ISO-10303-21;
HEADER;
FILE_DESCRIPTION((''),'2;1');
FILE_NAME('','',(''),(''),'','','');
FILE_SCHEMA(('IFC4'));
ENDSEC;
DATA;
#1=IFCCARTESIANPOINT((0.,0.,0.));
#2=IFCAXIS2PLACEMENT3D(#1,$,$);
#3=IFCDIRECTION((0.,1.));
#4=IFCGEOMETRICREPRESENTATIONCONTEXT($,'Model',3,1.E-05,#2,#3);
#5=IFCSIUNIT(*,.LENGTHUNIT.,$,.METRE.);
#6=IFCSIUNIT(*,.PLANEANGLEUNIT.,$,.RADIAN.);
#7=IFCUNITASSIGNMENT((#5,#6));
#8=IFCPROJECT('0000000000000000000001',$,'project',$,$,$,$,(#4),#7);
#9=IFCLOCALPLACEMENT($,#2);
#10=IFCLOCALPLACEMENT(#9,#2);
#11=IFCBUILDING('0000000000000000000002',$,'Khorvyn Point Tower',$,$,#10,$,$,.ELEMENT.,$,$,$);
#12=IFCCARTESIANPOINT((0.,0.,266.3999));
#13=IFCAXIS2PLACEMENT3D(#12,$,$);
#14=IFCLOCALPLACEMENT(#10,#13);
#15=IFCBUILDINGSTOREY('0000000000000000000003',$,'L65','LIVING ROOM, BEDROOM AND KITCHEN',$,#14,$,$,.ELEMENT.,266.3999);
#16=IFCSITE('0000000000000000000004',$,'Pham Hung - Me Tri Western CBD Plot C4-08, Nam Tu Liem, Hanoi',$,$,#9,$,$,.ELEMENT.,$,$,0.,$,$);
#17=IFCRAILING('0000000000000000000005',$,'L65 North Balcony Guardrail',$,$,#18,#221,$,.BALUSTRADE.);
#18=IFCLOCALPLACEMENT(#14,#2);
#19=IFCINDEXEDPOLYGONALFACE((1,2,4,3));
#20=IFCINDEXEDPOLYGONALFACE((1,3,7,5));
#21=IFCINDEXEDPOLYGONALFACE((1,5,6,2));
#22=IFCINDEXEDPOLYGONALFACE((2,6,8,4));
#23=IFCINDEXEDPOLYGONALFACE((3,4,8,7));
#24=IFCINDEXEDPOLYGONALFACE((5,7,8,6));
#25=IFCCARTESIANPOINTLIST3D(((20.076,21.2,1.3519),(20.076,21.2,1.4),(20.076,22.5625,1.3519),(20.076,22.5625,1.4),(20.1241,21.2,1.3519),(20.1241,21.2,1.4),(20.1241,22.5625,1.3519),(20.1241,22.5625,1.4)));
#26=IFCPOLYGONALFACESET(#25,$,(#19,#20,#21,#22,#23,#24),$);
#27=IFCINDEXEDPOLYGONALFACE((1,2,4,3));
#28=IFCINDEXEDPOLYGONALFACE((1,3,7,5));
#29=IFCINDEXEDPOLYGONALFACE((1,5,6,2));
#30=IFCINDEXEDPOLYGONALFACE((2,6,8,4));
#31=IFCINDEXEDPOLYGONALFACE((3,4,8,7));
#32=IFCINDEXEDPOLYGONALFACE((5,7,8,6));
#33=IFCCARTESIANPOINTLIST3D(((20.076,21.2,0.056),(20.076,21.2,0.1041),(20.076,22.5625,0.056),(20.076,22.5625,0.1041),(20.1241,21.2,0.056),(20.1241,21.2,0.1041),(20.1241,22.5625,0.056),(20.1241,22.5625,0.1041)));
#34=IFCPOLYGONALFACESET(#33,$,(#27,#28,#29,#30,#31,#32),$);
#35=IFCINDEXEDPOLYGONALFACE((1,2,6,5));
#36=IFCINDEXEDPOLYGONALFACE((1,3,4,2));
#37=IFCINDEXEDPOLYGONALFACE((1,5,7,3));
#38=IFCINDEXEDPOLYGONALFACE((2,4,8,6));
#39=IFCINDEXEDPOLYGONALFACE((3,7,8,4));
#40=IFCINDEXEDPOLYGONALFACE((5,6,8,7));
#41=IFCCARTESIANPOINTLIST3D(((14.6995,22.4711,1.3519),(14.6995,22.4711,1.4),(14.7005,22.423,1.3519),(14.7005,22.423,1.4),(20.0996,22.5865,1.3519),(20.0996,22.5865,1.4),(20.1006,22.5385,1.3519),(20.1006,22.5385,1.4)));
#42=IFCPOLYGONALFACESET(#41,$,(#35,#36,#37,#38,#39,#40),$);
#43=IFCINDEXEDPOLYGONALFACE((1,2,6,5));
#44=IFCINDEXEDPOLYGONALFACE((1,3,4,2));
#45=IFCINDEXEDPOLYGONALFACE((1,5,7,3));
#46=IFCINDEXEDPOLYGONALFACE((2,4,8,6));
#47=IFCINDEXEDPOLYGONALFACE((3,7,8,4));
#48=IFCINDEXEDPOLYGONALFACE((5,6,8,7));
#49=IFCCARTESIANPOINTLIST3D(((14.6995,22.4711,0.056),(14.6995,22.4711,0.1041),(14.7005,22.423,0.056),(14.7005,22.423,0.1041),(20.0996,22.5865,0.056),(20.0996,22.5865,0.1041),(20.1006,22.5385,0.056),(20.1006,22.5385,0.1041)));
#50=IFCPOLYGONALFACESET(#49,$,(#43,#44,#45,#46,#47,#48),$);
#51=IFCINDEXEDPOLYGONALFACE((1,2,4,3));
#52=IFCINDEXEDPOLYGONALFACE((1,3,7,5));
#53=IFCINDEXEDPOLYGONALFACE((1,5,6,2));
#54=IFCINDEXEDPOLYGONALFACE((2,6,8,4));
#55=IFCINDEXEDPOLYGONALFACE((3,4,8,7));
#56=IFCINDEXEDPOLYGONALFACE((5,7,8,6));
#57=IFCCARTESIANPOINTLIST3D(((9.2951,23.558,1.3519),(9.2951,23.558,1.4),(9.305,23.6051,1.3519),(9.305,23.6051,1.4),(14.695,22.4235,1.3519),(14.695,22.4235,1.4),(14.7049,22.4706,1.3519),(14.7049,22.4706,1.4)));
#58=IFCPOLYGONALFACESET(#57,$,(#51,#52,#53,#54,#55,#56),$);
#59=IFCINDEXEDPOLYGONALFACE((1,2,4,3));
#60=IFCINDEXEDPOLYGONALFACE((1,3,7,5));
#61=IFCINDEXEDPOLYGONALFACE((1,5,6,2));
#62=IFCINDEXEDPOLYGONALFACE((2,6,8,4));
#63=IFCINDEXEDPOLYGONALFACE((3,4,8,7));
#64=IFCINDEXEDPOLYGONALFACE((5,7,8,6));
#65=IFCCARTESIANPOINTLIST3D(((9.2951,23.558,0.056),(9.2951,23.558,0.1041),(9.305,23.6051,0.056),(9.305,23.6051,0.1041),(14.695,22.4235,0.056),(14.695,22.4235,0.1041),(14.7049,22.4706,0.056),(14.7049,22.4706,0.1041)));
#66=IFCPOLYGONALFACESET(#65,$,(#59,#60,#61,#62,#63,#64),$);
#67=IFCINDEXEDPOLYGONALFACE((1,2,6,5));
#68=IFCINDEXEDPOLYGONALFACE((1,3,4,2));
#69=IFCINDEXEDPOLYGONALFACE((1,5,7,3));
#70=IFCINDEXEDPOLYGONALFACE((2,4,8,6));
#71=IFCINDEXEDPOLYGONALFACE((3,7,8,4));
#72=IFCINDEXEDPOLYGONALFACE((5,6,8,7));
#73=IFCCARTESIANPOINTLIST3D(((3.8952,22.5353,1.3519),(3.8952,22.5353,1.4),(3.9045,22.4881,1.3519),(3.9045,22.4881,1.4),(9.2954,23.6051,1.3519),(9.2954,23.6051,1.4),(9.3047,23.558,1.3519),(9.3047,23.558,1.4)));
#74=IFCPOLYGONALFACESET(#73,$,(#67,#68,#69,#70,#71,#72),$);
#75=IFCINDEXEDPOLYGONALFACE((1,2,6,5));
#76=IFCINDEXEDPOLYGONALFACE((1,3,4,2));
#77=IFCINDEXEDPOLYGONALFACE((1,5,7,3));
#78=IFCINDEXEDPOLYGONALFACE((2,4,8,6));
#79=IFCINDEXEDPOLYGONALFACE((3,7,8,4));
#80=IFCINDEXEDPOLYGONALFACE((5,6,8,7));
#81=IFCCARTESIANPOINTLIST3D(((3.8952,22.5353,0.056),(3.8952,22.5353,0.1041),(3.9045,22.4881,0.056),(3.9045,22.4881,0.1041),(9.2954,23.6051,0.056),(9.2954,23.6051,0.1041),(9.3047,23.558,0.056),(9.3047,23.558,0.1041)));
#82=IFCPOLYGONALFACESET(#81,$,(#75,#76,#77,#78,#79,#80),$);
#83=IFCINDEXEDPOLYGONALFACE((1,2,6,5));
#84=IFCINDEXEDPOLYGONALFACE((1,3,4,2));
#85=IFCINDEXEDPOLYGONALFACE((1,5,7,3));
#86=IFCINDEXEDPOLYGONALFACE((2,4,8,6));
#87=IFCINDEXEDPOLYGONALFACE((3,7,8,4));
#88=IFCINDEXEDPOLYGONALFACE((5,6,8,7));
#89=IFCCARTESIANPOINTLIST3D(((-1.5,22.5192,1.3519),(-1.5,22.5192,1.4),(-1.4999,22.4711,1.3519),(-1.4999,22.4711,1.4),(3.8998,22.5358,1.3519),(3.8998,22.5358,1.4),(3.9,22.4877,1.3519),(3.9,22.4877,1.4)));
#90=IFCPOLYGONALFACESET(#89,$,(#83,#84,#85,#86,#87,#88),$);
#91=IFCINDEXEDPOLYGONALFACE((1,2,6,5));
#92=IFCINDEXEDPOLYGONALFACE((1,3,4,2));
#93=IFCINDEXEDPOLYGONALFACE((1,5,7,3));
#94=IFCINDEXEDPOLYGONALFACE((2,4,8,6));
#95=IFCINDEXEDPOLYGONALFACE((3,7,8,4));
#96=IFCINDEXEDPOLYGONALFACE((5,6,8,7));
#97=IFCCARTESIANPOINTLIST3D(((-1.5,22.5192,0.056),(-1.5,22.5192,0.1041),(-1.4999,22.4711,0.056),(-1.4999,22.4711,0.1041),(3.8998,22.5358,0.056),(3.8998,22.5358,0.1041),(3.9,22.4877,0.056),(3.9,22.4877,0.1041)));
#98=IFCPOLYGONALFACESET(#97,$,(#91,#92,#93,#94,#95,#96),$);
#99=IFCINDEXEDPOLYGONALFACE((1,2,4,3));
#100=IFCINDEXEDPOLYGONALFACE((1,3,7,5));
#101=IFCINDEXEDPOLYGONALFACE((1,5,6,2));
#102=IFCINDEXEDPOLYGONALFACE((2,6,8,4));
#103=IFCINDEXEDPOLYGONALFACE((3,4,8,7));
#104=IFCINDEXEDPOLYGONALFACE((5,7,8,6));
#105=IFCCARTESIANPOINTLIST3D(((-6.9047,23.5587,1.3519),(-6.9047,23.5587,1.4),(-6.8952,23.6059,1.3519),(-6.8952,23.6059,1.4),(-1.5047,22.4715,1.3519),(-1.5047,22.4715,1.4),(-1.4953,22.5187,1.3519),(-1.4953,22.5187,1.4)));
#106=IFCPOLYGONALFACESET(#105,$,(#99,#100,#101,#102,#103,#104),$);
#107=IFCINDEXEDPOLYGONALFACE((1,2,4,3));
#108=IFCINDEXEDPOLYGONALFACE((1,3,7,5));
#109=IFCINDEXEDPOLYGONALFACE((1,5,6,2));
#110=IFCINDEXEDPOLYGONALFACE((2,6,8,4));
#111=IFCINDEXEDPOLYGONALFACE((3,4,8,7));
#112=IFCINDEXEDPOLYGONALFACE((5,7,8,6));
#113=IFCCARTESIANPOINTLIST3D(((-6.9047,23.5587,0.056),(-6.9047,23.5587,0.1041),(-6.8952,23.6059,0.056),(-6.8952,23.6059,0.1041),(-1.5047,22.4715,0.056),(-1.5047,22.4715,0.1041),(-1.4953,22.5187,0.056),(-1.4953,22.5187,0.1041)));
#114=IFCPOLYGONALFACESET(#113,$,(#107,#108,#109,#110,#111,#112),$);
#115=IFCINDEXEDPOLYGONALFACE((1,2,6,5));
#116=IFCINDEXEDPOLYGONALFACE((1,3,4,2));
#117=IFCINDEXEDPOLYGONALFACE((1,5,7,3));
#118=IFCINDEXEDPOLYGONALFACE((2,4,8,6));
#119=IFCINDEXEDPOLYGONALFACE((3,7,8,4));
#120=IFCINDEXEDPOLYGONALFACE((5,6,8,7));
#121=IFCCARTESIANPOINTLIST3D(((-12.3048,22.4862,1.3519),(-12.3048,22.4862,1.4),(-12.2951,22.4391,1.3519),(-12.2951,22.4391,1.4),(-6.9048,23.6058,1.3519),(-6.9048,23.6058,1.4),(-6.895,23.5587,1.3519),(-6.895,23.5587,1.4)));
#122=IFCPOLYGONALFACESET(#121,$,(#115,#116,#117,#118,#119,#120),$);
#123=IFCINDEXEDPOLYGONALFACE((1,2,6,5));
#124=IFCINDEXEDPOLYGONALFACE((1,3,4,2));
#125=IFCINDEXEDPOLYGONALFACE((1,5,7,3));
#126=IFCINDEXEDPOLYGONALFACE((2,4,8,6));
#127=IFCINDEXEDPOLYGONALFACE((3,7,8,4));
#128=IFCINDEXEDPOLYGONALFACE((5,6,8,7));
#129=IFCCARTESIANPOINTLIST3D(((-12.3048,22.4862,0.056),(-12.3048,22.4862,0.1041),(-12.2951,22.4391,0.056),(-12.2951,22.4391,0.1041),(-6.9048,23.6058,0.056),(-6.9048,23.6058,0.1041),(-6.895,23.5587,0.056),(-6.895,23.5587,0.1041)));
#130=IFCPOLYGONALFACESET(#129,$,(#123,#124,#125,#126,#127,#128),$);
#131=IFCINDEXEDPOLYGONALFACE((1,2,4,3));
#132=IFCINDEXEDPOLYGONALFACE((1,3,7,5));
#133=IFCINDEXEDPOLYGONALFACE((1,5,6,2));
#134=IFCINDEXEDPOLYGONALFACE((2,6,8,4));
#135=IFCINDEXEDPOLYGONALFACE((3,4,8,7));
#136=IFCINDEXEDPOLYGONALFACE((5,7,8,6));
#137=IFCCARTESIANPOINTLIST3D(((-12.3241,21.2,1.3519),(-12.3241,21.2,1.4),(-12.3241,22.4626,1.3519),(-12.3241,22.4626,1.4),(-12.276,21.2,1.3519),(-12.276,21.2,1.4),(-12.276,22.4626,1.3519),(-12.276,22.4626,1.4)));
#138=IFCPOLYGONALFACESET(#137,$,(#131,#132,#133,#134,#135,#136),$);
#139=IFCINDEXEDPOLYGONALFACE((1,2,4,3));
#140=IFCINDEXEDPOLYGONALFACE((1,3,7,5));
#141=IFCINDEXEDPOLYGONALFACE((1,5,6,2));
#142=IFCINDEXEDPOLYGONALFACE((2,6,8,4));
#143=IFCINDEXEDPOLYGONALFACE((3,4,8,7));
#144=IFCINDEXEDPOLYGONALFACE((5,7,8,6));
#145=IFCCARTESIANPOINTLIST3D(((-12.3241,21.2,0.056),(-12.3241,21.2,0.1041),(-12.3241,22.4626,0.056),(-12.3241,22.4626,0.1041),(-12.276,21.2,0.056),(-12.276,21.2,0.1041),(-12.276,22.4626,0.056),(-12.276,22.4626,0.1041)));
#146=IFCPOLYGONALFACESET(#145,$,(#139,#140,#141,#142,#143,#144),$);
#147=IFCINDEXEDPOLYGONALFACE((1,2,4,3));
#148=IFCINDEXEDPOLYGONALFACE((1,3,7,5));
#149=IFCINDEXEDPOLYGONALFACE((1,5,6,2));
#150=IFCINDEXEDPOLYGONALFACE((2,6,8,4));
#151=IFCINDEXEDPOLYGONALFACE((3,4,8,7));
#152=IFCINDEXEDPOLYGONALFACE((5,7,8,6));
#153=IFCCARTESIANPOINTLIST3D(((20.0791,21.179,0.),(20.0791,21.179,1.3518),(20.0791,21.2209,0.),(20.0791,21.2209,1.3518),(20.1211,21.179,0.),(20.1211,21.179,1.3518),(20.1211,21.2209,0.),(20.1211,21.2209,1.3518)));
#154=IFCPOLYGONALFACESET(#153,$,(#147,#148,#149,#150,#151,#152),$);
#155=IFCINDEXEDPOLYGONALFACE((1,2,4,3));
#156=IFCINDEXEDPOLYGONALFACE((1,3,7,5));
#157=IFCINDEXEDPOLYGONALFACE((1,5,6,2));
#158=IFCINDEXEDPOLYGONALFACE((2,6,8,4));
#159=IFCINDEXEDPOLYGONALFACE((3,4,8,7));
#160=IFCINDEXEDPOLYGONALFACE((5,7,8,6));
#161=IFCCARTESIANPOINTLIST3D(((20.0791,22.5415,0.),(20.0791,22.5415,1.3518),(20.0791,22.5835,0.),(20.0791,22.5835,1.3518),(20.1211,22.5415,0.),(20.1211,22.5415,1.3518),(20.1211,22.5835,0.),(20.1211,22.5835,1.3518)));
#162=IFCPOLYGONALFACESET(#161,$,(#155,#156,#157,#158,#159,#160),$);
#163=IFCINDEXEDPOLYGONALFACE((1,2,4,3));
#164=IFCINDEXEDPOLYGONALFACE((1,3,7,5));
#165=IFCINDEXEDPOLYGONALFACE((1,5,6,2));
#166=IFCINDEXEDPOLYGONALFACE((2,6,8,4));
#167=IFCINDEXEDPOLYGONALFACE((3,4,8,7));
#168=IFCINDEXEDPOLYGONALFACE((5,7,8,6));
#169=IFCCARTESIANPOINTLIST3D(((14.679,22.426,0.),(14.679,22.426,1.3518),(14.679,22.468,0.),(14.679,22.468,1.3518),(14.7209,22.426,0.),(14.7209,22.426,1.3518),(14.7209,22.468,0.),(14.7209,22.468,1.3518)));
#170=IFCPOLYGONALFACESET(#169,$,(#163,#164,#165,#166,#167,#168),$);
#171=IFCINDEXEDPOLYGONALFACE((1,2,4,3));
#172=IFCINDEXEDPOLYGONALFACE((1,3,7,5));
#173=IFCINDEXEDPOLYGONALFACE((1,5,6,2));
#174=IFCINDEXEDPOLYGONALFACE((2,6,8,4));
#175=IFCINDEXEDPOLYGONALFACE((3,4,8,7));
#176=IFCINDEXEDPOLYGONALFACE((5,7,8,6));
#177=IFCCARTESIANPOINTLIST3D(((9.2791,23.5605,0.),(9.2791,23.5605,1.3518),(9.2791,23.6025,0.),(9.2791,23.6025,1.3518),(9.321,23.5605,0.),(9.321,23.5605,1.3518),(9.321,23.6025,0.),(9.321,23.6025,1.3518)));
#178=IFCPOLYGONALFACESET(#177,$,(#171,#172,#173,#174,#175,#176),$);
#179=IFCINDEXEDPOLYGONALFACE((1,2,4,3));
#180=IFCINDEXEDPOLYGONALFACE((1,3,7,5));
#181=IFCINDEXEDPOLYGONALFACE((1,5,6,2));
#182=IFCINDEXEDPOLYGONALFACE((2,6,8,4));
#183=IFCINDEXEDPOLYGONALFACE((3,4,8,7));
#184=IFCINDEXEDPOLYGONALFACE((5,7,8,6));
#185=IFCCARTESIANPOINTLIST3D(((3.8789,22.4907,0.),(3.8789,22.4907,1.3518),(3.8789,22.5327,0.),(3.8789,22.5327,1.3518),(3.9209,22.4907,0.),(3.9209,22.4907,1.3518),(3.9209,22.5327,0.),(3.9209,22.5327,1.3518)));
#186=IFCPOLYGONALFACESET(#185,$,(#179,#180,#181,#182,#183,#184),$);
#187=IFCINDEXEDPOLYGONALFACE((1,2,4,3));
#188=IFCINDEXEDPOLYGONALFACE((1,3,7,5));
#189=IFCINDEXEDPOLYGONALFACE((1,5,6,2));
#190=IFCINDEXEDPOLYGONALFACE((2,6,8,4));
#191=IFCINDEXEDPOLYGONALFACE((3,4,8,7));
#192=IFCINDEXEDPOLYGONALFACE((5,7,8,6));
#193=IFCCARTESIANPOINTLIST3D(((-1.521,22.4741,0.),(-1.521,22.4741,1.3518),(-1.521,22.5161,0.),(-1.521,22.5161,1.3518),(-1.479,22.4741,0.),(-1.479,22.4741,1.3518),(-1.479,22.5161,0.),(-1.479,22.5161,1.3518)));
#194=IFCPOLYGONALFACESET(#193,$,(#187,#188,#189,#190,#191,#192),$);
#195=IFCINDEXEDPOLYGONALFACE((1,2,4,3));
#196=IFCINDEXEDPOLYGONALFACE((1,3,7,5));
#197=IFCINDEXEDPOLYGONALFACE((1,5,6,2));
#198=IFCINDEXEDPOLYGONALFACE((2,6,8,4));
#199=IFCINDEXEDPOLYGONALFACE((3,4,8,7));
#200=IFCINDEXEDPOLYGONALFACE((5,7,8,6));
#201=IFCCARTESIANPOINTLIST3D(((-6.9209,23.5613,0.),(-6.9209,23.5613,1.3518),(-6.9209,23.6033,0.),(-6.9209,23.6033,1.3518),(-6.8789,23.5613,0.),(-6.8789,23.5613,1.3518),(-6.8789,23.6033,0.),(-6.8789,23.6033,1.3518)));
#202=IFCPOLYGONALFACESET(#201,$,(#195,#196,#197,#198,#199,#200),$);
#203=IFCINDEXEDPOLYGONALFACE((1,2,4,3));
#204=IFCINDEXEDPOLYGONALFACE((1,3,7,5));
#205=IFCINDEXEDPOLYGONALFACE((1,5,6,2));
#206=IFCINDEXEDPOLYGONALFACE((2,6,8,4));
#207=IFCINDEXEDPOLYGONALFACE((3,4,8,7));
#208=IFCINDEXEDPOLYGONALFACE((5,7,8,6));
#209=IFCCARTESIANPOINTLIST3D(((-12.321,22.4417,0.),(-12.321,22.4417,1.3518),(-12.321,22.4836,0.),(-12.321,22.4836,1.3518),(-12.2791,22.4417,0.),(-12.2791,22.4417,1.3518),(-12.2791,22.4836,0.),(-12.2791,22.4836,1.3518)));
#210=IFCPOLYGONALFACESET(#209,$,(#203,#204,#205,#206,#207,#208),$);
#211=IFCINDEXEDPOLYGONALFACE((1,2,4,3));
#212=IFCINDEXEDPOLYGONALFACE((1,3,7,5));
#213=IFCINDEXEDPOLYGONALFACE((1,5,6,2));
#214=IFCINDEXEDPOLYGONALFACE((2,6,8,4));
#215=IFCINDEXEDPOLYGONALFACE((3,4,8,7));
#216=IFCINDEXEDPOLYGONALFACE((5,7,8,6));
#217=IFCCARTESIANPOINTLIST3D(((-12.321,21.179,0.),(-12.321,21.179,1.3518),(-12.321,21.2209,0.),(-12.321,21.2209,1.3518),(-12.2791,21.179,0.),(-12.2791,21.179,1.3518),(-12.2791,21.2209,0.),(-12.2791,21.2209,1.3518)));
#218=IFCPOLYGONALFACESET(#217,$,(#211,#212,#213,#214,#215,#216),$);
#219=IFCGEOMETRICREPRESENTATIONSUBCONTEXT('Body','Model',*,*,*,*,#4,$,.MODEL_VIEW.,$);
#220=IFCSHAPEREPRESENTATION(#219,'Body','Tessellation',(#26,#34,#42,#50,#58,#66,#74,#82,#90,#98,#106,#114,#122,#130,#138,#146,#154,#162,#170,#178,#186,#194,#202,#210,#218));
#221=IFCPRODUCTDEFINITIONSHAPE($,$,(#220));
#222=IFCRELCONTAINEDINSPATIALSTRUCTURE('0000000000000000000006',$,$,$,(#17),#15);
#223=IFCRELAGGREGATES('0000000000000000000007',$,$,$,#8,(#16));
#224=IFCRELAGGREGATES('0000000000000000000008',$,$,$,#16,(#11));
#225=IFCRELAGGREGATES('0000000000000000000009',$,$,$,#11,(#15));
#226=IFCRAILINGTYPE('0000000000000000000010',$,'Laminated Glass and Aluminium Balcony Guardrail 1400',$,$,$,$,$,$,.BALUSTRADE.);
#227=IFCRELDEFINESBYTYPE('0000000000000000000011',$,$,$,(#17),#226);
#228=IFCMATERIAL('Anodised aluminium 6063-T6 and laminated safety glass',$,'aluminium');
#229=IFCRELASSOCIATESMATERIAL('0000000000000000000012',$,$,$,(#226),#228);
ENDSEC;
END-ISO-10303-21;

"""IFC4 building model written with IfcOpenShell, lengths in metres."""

from ifc_helpers import new_model, si_unit, direction, frame, origin, origin_2d, place, context, subcontext, project, spatial, rectangle, extrude, material, type_object, element, save


model = new_model("IFC4")

# Units and contexts
model_context = context("Model", 3, precision=1e-05, world=origin(), true_north=direction((0.0, 1.0)))
body_context = subcontext(model_context, "Body", "Model", "MODEL_VIEW")
ifc_project = project(units=[si_unit("LENGTHUNIT", "METRE"), si_unit("PLANEANGLEUNIT", "RADIAN")], contexts=[model_context])

# Site, building, storey
site_placement = place(None, origin())
site = spatial("IfcSite", under=ifc_project, at=site_placement, Name="Pham Hung - Me Tri Western CBD Plot C4-08, Nam Tu Liem, Hanoi", CompositionType="ELEMENT", RefElevation=0.0)
building_placement = place(site_placement, origin())
building = spatial("IfcBuilding", under=site, at=building_placement, Name="Khorvyn Point Tower", CompositionType="ELEMENT")
storey_placement = place(building_placement, frame((0.0, 0.0, 266.3999)))
storey = spatial("IfcBuildingStorey", under=building, at=storey_placement, Name="L65", Description="LIVING ROOM, BEDROOM AND KITCHEN", CompositionType="ELEMENT", Elevation=266.3999)

# Railing
ifc_material_1 = material(Name="Anodised aluminium 6063-T6 and laminated safety glass", Category="aluminium")
railing_type = type_object("IfcRailingType", Name="Laminated Glass and Aluminium Balcony Guardrail 1400", PredefinedType="BALUSTRADE", material=ifc_material_1)
railing_1_placement = place(storey_placement, frame((20.1001, 21.2, 0.0)))
element("IfcRailing", 1, at=railing_1_placement, inside=storey, type_object=railing_type, Name="L65 North Balcony Guardrail", PredefinedType="BALUSTRADE", context=body_context, shape_type="SweptSolid", body=[
    extrude(rectangle(XDim=0.0481, YDim=0.0481, at=origin_2d()), frame((0.0, 0.0, 1.376), z_axis=(0.0, 1.0, 0.0), x_axis=(-1.0, 0.0, 0.0)), (0.0, 0.0, 1.0), 1.3625),
    extrude(rectangle(XDim=0.0481, YDim=0.0481, at=origin_2d()), frame((0.0, 0.0, 0.0801), z_axis=(0.0, 1.0, 0.0), x_axis=(-1.0, 0.0, 0.0)), (0.0, 0.0, 1.0), 1.3625),
    extrude(rectangle(XDim=0.0481, YDim=0.0481, at=origin_2d()), frame((0.0, 1.3625, 1.376), z_axis=(-0.999771, -0.021379, 0.0), x_axis=(0.021379, -0.999771, 0.0)), (0.0, 0.0, 1.0), 5.4014),
    extrude(rectangle(XDim=0.0481, YDim=0.0481, at=origin_2d()), frame((0.0, 1.3625, 0.0801), z_axis=(-0.999771, -0.021379, 0.0), x_axis=(0.021379, -0.999771, 0.0)), (0.0, 0.0, 1.0), 5.4014),
    extrude(rectangle(XDim=0.0481, YDim=0.0481, at=origin_2d()), frame((-5.4001, 1.2471, 1.376), z_axis=(-0.978634, 0.205611, 0.0), x_axis=(-0.205611, -0.978634, 0.0)), (0.0, 0.0, 1.0), 5.5178),
    extrude(rectangle(XDim=0.0481, YDim=0.0481, at=origin_2d()), frame((-5.4001, 1.2471, 0.0801), z_axis=(-0.978634, 0.205611, 0.0), x_axis=(-0.205611, -0.978634, 0.0)), (0.0, 0.0, 1.0), 5.5178),
    extrude(rectangle(XDim=0.0481, YDim=0.0481, at=origin_2d()), frame((-10.8, 2.3816, 1.376), z_axis=(-0.980936, -0.194333, 0.0), x_axis=(0.194333, -0.980936, 0.0)), (0.0, 0.0, 1.0), 5.5051),
    extrude(rectangle(XDim=0.0481, YDim=0.0481, at=origin_2d()), frame((-10.8, 2.3816, 0.0801), z_axis=(-0.980936, -0.194333, 0.0), x_axis=(0.194333, -0.980936, 0.0)), (0.0, 0.0, 1.0), 5.5051),
    extrude(rectangle(XDim=0.0481, YDim=0.0481, at=origin_2d()), frame((-16.2002, 1.3118, 1.376), z_axis=(-0.999995, -0.003074, 0.0), x_axis=(0.003074, -0.999995, 0.0)), (0.0, 0.0, 1.0), 5.3999),
    extrude(rectangle(XDim=0.0481, YDim=0.0481, at=origin_2d()), frame((-16.2002, 1.3118, 0.0801), z_axis=(-0.999995, -0.003074, 0.0), x_axis=(0.003074, -0.999995, 0.0)), (0.0, 0.0, 1.0), 5.3999),
    extrude(rectangle(XDim=0.0481, YDim=0.0481, at=origin_2d()), frame((-21.6001, 1.2952, 1.376), z_axis=(-0.980329, 0.197369, 0.0), x_axis=(-0.197369, -0.980329, 0.0)), (0.0, 0.0, 1.0), 5.5083),
    extrude(rectangle(XDim=0.0481, YDim=0.0481, at=origin_2d()), frame((-21.6001, 1.2952, 0.0801), z_axis=(-0.980329, 0.197369, 0.0), x_axis=(-0.197369, -0.980329, 0.0)), (0.0, 0.0, 1.0), 5.5083),
    extrude(rectangle(XDim=0.0481, YDim=0.0481, at=origin_2d()), frame((-27.0, 2.3823, 1.376), z_axis=(-0.979176, -0.203015, 0.0), x_axis=(0.203015, -0.979176, 0.0)), (0.0, 0.0, 1.0), 5.5149),
    extrude(rectangle(XDim=0.0481, YDim=0.0481, at=origin_2d()), frame((-27.0, 2.3823, 0.0801), z_axis=(-0.979176, -0.203015, 0.0), x_axis=(0.203015, -0.979176, 0.0)), (0.0, 0.0, 1.0), 5.5149),
    extrude(rectangle(XDim=0.0481, YDim=0.0481, at=origin_2d()), frame((-32.4001, 1.2627, 1.376), z_axis=(0.0, -1.0, 0.0), x_axis=(1.0, 0.0, 0.0)), (0.0, 0.0, 1.0), 1.2627),
    extrude(rectangle(XDim=0.0481, YDim=0.0481, at=origin_2d()), frame((-32.4001, 1.2627, 0.0801), z_axis=(0.0, -1.0, 0.0), x_axis=(1.0, 0.0, 0.0)), (0.0, 0.0, 1.0), 1.2627),
    extrude(rectangle(XDim=0.042, YDim=0.042, at=origin_2d()), origin(), (0.0, 0.0, 1.0), 1.3518),
    extrude(rectangle(XDim=0.042, YDim=0.042, at=origin_2d()), frame((0.0, 1.3625, 0.0)), (0.0, 0.0, 1.0), 1.3518),
    extrude(rectangle(XDim=0.042, YDim=0.042, at=origin_2d()), frame((-5.4001, 1.2471, 0.0)), (0.0, 0.0, 1.0), 1.3518),
    extrude(rectangle(XDim=0.042, YDim=0.042, at=origin_2d()), frame((-10.8, 2.3816, 0.0)), (0.0, 0.0, 1.0), 1.3518),
    extrude(rectangle(XDim=0.042, YDim=0.042, at=origin_2d()), frame((-16.2002, 1.3118, 0.0)), (0.0, 0.0, 1.0), 1.3518),
    extrude(rectangle(XDim=0.042, YDim=0.042, at=origin_2d()), frame((-21.6001, 1.2952, 0.0)), (0.0, 0.0, 1.0), 1.3518),
    extrude(rectangle(XDim=0.042, YDim=0.042, at=origin_2d()), frame((-27.0, 2.3823, 0.0)), (0.0, 0.0, 1.0), 1.3518),
    extrude(rectangle(XDim=0.042, YDim=0.042, at=origin_2d()), frame((-32.4001, 1.2627, 0.0)), (0.0, 0.0, 1.0), 1.3518),
    extrude(rectangle(XDim=0.042, YDim=0.042, at=origin_2d()), frame((-32.4001, 0.0, 0.0)), (0.0, 0.0, 1.0), 1.3518),
])

save(model, "model.ifc")
